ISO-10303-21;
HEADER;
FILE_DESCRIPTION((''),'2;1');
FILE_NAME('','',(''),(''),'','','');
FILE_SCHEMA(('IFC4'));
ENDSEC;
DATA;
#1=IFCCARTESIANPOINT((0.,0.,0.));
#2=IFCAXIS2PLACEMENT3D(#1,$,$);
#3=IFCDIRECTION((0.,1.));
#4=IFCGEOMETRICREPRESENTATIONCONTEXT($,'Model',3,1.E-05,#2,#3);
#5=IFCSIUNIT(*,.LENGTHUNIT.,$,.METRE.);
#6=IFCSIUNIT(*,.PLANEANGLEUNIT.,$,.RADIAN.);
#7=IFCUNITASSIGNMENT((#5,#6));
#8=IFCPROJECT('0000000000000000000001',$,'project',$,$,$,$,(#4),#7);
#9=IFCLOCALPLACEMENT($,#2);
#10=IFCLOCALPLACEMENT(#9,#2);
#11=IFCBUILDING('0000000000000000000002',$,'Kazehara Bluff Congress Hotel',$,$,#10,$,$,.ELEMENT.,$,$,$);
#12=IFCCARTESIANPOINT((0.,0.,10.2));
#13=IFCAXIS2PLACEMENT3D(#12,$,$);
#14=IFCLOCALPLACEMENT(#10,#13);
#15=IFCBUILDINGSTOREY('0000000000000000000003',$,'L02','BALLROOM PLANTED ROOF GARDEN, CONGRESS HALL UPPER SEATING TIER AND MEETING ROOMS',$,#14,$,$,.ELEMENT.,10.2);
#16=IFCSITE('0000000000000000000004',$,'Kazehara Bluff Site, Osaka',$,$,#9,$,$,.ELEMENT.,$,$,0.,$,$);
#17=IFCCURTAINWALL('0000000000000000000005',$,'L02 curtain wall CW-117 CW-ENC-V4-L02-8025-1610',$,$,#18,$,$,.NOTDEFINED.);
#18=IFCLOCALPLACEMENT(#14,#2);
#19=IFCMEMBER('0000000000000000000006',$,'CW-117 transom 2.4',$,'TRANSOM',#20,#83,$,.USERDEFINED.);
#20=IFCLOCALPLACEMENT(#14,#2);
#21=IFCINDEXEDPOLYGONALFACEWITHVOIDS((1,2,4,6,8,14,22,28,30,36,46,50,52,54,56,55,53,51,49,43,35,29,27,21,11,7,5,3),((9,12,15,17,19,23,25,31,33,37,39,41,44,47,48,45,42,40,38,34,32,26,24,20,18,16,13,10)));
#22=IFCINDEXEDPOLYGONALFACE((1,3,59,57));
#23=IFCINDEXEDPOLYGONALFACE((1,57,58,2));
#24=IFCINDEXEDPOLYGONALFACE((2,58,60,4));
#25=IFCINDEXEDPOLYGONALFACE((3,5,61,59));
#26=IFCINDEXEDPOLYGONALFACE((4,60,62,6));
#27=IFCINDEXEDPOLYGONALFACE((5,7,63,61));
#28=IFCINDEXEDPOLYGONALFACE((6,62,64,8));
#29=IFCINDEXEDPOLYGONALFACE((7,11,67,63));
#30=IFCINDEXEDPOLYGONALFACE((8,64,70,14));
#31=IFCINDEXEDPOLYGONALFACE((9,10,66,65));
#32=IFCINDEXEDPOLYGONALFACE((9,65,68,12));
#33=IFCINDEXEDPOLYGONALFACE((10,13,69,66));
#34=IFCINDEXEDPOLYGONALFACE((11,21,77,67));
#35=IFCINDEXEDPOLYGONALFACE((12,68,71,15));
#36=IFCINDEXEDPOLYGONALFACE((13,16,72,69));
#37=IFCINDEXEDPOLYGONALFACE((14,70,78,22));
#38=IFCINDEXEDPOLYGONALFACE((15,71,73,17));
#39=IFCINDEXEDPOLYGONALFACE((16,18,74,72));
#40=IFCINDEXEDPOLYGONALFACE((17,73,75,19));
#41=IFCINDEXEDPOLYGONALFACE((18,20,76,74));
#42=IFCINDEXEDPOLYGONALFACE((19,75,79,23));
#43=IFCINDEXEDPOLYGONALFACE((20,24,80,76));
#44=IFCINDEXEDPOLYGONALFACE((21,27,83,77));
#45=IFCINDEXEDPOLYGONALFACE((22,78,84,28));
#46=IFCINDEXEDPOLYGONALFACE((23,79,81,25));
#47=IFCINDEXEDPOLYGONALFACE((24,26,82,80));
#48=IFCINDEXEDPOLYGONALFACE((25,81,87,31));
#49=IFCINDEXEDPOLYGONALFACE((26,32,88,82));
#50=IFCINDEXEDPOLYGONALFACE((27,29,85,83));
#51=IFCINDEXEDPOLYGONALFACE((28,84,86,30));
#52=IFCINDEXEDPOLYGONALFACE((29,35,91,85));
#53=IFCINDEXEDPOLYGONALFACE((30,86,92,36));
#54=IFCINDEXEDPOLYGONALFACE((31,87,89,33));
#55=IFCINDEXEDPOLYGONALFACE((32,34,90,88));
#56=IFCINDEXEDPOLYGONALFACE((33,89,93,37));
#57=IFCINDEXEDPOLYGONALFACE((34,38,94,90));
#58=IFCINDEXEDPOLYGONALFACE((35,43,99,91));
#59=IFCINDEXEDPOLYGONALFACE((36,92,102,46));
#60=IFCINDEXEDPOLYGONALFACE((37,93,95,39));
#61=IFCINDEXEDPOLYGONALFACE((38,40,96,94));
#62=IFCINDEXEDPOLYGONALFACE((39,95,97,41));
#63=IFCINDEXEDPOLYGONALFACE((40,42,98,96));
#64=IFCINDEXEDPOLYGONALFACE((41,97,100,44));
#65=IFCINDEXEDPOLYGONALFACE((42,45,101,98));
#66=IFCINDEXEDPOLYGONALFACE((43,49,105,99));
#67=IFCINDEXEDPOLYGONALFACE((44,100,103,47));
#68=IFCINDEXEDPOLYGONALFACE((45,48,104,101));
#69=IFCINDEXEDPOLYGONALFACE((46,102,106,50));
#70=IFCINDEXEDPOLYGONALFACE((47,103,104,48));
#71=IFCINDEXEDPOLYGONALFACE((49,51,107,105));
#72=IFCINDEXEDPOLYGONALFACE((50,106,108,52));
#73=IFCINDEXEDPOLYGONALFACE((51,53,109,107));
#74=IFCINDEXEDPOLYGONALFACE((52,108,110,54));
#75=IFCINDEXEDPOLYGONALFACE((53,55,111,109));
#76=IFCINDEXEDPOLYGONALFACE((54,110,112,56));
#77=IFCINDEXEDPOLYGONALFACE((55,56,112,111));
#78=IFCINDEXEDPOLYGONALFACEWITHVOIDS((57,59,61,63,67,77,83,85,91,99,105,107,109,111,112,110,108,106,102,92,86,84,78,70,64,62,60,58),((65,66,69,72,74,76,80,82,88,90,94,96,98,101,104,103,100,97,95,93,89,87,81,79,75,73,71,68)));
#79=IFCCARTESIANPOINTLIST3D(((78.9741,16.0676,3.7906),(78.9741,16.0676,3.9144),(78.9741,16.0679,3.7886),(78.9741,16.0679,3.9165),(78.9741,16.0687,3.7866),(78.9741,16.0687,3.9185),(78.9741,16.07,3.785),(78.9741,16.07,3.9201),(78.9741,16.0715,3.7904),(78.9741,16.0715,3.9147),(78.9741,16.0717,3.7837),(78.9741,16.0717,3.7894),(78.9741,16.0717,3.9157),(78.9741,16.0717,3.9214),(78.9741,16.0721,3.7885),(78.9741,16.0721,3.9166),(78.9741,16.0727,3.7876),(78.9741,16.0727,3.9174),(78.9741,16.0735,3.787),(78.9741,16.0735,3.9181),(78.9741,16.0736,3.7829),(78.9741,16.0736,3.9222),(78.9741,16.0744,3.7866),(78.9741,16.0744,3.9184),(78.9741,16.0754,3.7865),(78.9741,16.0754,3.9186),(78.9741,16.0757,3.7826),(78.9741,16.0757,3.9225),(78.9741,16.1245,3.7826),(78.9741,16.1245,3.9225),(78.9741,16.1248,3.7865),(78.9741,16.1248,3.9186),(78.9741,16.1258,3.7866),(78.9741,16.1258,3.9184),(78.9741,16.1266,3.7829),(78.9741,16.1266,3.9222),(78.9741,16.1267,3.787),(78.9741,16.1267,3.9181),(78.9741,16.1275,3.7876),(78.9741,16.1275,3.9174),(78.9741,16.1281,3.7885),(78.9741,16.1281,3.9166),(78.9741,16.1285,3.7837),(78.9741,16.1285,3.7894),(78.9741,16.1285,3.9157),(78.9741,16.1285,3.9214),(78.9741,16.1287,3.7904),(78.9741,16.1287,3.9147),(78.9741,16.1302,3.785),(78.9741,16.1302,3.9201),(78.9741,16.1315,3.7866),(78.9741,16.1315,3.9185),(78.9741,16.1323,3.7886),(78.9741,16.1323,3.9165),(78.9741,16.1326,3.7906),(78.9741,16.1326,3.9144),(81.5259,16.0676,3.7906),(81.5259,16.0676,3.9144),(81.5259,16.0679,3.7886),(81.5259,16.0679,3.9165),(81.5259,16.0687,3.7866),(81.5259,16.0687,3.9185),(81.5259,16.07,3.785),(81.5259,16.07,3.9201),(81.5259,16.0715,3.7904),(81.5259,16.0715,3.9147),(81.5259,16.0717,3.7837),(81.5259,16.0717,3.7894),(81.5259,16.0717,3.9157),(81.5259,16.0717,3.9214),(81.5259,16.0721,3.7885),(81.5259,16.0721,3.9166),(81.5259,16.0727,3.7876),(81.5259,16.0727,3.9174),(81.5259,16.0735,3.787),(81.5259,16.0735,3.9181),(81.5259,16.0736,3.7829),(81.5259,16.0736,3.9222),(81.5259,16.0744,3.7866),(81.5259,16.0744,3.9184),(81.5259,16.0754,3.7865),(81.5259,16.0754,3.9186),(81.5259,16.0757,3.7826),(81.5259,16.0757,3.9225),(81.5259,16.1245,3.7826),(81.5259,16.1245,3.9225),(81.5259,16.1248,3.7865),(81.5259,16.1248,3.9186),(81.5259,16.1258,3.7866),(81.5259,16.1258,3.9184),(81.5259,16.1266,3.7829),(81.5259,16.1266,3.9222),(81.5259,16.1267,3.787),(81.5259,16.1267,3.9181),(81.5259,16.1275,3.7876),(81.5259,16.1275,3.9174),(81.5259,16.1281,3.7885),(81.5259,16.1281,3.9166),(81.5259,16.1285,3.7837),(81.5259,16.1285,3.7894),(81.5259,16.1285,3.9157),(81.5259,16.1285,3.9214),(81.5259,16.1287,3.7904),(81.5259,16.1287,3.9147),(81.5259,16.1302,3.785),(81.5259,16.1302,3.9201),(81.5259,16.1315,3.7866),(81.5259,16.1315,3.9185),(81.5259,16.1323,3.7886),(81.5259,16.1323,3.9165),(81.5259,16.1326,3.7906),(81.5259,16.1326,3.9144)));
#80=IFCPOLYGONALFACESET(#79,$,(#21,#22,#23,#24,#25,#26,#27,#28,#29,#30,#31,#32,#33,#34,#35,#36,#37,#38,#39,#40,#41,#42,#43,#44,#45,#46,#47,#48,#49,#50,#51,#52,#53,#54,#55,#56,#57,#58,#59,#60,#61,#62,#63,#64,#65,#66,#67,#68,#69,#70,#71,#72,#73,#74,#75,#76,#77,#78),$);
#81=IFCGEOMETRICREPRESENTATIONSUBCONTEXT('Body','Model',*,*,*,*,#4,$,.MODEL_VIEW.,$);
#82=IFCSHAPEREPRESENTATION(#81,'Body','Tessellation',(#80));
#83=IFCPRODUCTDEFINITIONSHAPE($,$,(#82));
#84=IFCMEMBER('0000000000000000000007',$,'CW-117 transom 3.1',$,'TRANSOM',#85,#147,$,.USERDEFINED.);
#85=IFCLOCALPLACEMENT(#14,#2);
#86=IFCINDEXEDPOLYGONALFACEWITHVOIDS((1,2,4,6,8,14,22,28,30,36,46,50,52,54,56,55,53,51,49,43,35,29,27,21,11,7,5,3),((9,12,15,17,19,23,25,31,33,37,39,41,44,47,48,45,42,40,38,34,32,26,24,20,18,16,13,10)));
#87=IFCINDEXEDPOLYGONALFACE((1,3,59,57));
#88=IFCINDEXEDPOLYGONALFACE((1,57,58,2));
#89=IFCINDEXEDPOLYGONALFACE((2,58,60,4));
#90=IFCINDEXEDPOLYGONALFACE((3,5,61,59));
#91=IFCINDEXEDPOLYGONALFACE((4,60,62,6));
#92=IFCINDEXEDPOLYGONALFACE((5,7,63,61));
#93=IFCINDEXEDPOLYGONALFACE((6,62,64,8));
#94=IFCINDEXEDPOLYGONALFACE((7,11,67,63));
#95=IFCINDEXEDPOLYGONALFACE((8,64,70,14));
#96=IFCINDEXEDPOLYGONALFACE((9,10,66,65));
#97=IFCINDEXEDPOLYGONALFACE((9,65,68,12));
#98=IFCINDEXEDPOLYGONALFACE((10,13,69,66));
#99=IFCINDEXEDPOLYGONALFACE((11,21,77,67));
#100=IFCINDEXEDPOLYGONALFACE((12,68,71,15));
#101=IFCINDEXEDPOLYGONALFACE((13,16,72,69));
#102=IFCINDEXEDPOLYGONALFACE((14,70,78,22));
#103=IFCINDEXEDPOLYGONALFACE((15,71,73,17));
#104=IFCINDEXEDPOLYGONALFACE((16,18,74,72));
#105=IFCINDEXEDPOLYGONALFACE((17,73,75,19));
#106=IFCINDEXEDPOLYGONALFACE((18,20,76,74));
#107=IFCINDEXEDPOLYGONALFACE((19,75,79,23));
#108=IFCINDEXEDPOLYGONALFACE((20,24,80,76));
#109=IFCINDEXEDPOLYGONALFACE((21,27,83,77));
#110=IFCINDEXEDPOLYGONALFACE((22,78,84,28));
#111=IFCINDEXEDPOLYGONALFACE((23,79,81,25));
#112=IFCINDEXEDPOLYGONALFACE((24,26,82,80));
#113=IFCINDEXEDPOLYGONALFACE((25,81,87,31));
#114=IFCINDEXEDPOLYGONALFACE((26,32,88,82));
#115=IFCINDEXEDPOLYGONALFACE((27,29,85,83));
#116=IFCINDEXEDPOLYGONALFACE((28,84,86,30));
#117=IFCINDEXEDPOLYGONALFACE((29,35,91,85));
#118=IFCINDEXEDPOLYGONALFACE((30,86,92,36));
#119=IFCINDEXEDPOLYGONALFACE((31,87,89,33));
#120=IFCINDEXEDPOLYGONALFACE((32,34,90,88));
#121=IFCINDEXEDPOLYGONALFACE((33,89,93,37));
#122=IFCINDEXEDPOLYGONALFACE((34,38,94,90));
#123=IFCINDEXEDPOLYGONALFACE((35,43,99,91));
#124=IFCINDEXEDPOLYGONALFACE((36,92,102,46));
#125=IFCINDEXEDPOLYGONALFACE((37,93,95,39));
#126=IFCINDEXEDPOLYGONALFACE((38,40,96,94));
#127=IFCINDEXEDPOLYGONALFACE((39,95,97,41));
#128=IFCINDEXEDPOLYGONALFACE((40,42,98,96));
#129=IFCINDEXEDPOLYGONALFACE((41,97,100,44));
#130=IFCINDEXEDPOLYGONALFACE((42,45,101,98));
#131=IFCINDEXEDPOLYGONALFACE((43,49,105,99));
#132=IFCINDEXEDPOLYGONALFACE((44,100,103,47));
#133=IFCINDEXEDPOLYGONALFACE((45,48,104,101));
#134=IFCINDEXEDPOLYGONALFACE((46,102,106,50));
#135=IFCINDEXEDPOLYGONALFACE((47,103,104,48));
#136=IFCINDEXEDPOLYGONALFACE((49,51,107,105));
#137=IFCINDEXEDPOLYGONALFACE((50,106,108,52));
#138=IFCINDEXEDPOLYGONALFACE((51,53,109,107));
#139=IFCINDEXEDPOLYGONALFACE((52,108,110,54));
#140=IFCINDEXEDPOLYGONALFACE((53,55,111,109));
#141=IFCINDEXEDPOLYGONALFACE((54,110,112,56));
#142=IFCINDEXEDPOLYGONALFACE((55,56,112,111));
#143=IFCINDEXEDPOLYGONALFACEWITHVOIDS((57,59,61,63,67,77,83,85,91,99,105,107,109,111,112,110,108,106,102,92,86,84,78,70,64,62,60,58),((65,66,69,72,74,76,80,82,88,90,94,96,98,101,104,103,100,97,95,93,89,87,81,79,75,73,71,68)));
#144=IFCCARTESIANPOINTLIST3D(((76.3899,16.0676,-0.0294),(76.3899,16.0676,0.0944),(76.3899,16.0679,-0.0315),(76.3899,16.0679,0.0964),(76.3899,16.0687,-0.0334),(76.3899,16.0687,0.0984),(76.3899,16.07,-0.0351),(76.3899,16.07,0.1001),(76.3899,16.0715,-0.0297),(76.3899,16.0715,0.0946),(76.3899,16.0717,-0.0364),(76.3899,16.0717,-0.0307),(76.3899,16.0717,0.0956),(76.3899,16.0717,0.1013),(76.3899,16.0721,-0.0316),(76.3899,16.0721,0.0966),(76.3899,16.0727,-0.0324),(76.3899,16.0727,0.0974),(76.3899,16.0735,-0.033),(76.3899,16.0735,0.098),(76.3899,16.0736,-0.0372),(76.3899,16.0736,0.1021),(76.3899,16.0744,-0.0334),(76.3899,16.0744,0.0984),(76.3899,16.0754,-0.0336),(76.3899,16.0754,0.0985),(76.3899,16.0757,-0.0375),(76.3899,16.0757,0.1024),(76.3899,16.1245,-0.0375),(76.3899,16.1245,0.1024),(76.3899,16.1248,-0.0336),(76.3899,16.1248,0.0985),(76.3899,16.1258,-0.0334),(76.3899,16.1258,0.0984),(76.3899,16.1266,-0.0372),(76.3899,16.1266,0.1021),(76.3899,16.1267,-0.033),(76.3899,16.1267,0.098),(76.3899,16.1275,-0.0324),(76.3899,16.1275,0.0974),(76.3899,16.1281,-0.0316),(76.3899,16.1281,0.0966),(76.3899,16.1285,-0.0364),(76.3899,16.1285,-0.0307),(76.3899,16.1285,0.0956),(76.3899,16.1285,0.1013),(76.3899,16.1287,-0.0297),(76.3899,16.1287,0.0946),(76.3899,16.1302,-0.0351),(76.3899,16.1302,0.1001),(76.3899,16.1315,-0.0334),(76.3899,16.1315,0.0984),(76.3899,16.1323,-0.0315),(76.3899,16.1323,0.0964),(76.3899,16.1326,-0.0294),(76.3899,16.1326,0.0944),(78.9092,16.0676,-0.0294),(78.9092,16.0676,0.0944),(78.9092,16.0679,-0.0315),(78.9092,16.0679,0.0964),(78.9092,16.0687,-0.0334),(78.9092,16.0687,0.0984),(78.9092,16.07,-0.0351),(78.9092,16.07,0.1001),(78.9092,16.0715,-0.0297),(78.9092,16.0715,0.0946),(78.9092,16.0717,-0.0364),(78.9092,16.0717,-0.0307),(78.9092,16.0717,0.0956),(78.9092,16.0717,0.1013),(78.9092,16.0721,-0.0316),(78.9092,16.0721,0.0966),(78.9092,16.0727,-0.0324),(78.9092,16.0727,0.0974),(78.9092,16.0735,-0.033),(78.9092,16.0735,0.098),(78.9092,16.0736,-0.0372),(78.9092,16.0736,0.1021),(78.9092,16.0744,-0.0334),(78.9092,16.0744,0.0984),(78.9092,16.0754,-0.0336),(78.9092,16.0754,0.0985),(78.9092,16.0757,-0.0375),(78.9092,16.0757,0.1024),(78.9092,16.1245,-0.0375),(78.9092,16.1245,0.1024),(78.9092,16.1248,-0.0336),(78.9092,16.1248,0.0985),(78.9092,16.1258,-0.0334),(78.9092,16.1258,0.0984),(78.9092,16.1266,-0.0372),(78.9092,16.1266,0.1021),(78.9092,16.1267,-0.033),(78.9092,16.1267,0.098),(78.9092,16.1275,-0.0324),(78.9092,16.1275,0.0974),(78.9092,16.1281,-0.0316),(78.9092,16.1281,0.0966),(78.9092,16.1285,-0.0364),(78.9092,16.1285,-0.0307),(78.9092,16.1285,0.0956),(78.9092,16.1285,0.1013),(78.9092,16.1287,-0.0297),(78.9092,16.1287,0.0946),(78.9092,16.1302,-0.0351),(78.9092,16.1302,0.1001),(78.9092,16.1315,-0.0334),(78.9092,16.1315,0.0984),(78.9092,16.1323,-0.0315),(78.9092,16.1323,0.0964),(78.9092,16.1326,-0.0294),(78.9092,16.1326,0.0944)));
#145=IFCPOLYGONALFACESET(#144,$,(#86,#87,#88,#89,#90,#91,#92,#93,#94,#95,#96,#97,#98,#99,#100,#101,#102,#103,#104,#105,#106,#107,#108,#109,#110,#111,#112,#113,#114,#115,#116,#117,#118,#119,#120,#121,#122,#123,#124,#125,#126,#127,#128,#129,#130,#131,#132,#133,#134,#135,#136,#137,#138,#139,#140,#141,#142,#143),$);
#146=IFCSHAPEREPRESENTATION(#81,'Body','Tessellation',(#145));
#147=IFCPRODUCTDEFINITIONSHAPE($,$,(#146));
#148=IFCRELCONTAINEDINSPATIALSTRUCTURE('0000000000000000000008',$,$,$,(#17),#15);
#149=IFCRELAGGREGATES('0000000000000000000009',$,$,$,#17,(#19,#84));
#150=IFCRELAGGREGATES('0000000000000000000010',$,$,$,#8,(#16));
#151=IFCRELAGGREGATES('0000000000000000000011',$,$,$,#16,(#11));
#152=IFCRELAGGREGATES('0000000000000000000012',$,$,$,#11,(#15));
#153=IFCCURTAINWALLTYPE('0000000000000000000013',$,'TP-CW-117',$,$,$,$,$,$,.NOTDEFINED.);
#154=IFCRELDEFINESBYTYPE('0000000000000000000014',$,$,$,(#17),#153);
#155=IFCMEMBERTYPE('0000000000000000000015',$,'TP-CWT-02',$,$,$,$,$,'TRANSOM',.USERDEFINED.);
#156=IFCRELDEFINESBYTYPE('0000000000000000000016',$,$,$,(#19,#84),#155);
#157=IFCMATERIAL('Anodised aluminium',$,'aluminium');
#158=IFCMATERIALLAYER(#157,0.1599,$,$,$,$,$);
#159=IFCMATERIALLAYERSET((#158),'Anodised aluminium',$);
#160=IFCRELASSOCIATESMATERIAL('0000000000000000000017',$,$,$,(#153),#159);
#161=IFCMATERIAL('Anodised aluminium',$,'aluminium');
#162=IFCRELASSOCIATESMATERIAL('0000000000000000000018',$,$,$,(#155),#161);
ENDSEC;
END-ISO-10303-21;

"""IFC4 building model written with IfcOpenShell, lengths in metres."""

from ifc_helpers import new_model, si_unit, direction, frame, origin, origin_2d, place, context, subcontext, project, spatial, hollow_rectangle, extrude, material, layer, layer_set, material_profile, profile_set, type_object, element, aggregate, save


model = new_model("IFC4")

# Units and contexts
model_context = context("Model", 3, precision=1e-05, world=origin(), true_north=direction((0.0, 1.0)))
body_context = subcontext(model_context, "Body", "Model", "MODEL_VIEW")
ifc_project = project(units=[si_unit("LENGTHUNIT", "METRE"), si_unit("PLANEANGLEUNIT", "RADIAN")], contexts=[model_context])

# Site, building, storey
site_placement = place(None, origin())
site = spatial("IfcSite", under=ifc_project, at=site_placement, Name="Kazehara Bluff Site, Osaka", CompositionType="ELEMENT", RefElevation=0.0)
building_placement = place(site_placement, origin())
building = spatial("IfcBuilding", under=site, at=building_placement, Name="Kazehara Bluff Congress Hotel", CompositionType="ELEMENT")
storey_placement = place(building_placement, frame((0.0, 0.0, 10.2)))
storey = spatial("IfcBuildingStorey", under=building, at=storey_placement, Name="L02", Description="BALLROOM PLANTED ROOF GARDEN, CONGRESS HALL UPPER SEATING TIER AND MEETING ROOMS", CompositionType="ELEMENT", Elevation=10.2)

# Curtain wall
ifc_material_1 = material(Name="Anodised aluminium", Category="aluminium")
ifc_layer_1 = layer(ifc_material_1, 0.1599)
ifc_layer_set_1 = layer_set([ifc_layer_1], Name="Anodised aluminium")
curtain_wall_type_1 = type_object("IfcCurtainWallType", Name="TP-CW-117", PredefinedType="NOTDEFINED", material=ifc_layer_set_1)
curtain_wall_1_placement = place(storey_placement, origin())
curtain_wall_1 = element("IfcCurtainWall", 1, at=curtain_wall_1_placement, inside=storey, type_object=curtain_wall_type_1, Name="L02 curtain wall CW-117 CW-ENC-V4-L02-8025-1610", PredefinedType="NOTDEFINED")

# Members
ifc_material_2 = material(Name="Anodised aluminium", Category="aluminium")
ifc_material_profile_1 = material_profile(ifc_material_2, hollow_rectangle(XDim=0.0649, YDim=0.1399, WallThickness=0.0039, InnerFilletRadius=0.0039, OuterFilletRadius=0.0081, at=origin_2d()))
ifc_profile_set_1 = profile_set([ifc_material_profile_1], Name="Anodised aluminium")
member_type_1 = type_object("IfcMemberType", Name="TP-CWT-02", ElementType="TRANSOM", PredefinedType="USERDEFINED", material=ifc_profile_set_1)
member_1_placement = place(storey_placement, frame((81.5259, 16.1001, 3.8525), z_axis=(-1.0, 0.0, 0.0), x_axis=(0.0, -1.0, 0.0)))
member_1 = element("IfcMember", 2, at=member_1_placement, type_object=member_type_1, Name="CW-117 transom 2.4", ObjectType="TRANSOM", PredefinedType="USERDEFINED", context=body_context, shape_type="SweptSolid", body=[
    extrude(hollow_rectangle(XDim=0.0649, YDim=0.1399, WallThickness=0.0039, InnerFilletRadius=0.0039, OuterFilletRadius=0.0081, at=origin_2d()), origin(), (0.0, 0.0, 1.0), 2.5518),
])
member_2_placement = place(storey_placement, frame((78.9092, 16.1001, 0.0325), z_axis=(-1.0, 0.0, 0.0), x_axis=(0.0, -1.0, 0.0)))
member_2 = element("IfcMember", 3, at=member_2_placement, type_object=member_type_1, Name="CW-117 transom 3.1", ObjectType="TRANSOM", PredefinedType="USERDEFINED", context=body_context, shape_type="SweptSolid", body=[
    extrude(hollow_rectangle(XDim=0.0649, YDim=0.1399, WallThickness=0.0039, InnerFilletRadius=0.0039, OuterFilletRadius=0.0081, at=origin_2d()), origin(), (0.0, 0.0, 1.0), 2.5193),
])

aggregate(curtain_wall_1, [member_1, member_2])

save(model, "model.ifc")
